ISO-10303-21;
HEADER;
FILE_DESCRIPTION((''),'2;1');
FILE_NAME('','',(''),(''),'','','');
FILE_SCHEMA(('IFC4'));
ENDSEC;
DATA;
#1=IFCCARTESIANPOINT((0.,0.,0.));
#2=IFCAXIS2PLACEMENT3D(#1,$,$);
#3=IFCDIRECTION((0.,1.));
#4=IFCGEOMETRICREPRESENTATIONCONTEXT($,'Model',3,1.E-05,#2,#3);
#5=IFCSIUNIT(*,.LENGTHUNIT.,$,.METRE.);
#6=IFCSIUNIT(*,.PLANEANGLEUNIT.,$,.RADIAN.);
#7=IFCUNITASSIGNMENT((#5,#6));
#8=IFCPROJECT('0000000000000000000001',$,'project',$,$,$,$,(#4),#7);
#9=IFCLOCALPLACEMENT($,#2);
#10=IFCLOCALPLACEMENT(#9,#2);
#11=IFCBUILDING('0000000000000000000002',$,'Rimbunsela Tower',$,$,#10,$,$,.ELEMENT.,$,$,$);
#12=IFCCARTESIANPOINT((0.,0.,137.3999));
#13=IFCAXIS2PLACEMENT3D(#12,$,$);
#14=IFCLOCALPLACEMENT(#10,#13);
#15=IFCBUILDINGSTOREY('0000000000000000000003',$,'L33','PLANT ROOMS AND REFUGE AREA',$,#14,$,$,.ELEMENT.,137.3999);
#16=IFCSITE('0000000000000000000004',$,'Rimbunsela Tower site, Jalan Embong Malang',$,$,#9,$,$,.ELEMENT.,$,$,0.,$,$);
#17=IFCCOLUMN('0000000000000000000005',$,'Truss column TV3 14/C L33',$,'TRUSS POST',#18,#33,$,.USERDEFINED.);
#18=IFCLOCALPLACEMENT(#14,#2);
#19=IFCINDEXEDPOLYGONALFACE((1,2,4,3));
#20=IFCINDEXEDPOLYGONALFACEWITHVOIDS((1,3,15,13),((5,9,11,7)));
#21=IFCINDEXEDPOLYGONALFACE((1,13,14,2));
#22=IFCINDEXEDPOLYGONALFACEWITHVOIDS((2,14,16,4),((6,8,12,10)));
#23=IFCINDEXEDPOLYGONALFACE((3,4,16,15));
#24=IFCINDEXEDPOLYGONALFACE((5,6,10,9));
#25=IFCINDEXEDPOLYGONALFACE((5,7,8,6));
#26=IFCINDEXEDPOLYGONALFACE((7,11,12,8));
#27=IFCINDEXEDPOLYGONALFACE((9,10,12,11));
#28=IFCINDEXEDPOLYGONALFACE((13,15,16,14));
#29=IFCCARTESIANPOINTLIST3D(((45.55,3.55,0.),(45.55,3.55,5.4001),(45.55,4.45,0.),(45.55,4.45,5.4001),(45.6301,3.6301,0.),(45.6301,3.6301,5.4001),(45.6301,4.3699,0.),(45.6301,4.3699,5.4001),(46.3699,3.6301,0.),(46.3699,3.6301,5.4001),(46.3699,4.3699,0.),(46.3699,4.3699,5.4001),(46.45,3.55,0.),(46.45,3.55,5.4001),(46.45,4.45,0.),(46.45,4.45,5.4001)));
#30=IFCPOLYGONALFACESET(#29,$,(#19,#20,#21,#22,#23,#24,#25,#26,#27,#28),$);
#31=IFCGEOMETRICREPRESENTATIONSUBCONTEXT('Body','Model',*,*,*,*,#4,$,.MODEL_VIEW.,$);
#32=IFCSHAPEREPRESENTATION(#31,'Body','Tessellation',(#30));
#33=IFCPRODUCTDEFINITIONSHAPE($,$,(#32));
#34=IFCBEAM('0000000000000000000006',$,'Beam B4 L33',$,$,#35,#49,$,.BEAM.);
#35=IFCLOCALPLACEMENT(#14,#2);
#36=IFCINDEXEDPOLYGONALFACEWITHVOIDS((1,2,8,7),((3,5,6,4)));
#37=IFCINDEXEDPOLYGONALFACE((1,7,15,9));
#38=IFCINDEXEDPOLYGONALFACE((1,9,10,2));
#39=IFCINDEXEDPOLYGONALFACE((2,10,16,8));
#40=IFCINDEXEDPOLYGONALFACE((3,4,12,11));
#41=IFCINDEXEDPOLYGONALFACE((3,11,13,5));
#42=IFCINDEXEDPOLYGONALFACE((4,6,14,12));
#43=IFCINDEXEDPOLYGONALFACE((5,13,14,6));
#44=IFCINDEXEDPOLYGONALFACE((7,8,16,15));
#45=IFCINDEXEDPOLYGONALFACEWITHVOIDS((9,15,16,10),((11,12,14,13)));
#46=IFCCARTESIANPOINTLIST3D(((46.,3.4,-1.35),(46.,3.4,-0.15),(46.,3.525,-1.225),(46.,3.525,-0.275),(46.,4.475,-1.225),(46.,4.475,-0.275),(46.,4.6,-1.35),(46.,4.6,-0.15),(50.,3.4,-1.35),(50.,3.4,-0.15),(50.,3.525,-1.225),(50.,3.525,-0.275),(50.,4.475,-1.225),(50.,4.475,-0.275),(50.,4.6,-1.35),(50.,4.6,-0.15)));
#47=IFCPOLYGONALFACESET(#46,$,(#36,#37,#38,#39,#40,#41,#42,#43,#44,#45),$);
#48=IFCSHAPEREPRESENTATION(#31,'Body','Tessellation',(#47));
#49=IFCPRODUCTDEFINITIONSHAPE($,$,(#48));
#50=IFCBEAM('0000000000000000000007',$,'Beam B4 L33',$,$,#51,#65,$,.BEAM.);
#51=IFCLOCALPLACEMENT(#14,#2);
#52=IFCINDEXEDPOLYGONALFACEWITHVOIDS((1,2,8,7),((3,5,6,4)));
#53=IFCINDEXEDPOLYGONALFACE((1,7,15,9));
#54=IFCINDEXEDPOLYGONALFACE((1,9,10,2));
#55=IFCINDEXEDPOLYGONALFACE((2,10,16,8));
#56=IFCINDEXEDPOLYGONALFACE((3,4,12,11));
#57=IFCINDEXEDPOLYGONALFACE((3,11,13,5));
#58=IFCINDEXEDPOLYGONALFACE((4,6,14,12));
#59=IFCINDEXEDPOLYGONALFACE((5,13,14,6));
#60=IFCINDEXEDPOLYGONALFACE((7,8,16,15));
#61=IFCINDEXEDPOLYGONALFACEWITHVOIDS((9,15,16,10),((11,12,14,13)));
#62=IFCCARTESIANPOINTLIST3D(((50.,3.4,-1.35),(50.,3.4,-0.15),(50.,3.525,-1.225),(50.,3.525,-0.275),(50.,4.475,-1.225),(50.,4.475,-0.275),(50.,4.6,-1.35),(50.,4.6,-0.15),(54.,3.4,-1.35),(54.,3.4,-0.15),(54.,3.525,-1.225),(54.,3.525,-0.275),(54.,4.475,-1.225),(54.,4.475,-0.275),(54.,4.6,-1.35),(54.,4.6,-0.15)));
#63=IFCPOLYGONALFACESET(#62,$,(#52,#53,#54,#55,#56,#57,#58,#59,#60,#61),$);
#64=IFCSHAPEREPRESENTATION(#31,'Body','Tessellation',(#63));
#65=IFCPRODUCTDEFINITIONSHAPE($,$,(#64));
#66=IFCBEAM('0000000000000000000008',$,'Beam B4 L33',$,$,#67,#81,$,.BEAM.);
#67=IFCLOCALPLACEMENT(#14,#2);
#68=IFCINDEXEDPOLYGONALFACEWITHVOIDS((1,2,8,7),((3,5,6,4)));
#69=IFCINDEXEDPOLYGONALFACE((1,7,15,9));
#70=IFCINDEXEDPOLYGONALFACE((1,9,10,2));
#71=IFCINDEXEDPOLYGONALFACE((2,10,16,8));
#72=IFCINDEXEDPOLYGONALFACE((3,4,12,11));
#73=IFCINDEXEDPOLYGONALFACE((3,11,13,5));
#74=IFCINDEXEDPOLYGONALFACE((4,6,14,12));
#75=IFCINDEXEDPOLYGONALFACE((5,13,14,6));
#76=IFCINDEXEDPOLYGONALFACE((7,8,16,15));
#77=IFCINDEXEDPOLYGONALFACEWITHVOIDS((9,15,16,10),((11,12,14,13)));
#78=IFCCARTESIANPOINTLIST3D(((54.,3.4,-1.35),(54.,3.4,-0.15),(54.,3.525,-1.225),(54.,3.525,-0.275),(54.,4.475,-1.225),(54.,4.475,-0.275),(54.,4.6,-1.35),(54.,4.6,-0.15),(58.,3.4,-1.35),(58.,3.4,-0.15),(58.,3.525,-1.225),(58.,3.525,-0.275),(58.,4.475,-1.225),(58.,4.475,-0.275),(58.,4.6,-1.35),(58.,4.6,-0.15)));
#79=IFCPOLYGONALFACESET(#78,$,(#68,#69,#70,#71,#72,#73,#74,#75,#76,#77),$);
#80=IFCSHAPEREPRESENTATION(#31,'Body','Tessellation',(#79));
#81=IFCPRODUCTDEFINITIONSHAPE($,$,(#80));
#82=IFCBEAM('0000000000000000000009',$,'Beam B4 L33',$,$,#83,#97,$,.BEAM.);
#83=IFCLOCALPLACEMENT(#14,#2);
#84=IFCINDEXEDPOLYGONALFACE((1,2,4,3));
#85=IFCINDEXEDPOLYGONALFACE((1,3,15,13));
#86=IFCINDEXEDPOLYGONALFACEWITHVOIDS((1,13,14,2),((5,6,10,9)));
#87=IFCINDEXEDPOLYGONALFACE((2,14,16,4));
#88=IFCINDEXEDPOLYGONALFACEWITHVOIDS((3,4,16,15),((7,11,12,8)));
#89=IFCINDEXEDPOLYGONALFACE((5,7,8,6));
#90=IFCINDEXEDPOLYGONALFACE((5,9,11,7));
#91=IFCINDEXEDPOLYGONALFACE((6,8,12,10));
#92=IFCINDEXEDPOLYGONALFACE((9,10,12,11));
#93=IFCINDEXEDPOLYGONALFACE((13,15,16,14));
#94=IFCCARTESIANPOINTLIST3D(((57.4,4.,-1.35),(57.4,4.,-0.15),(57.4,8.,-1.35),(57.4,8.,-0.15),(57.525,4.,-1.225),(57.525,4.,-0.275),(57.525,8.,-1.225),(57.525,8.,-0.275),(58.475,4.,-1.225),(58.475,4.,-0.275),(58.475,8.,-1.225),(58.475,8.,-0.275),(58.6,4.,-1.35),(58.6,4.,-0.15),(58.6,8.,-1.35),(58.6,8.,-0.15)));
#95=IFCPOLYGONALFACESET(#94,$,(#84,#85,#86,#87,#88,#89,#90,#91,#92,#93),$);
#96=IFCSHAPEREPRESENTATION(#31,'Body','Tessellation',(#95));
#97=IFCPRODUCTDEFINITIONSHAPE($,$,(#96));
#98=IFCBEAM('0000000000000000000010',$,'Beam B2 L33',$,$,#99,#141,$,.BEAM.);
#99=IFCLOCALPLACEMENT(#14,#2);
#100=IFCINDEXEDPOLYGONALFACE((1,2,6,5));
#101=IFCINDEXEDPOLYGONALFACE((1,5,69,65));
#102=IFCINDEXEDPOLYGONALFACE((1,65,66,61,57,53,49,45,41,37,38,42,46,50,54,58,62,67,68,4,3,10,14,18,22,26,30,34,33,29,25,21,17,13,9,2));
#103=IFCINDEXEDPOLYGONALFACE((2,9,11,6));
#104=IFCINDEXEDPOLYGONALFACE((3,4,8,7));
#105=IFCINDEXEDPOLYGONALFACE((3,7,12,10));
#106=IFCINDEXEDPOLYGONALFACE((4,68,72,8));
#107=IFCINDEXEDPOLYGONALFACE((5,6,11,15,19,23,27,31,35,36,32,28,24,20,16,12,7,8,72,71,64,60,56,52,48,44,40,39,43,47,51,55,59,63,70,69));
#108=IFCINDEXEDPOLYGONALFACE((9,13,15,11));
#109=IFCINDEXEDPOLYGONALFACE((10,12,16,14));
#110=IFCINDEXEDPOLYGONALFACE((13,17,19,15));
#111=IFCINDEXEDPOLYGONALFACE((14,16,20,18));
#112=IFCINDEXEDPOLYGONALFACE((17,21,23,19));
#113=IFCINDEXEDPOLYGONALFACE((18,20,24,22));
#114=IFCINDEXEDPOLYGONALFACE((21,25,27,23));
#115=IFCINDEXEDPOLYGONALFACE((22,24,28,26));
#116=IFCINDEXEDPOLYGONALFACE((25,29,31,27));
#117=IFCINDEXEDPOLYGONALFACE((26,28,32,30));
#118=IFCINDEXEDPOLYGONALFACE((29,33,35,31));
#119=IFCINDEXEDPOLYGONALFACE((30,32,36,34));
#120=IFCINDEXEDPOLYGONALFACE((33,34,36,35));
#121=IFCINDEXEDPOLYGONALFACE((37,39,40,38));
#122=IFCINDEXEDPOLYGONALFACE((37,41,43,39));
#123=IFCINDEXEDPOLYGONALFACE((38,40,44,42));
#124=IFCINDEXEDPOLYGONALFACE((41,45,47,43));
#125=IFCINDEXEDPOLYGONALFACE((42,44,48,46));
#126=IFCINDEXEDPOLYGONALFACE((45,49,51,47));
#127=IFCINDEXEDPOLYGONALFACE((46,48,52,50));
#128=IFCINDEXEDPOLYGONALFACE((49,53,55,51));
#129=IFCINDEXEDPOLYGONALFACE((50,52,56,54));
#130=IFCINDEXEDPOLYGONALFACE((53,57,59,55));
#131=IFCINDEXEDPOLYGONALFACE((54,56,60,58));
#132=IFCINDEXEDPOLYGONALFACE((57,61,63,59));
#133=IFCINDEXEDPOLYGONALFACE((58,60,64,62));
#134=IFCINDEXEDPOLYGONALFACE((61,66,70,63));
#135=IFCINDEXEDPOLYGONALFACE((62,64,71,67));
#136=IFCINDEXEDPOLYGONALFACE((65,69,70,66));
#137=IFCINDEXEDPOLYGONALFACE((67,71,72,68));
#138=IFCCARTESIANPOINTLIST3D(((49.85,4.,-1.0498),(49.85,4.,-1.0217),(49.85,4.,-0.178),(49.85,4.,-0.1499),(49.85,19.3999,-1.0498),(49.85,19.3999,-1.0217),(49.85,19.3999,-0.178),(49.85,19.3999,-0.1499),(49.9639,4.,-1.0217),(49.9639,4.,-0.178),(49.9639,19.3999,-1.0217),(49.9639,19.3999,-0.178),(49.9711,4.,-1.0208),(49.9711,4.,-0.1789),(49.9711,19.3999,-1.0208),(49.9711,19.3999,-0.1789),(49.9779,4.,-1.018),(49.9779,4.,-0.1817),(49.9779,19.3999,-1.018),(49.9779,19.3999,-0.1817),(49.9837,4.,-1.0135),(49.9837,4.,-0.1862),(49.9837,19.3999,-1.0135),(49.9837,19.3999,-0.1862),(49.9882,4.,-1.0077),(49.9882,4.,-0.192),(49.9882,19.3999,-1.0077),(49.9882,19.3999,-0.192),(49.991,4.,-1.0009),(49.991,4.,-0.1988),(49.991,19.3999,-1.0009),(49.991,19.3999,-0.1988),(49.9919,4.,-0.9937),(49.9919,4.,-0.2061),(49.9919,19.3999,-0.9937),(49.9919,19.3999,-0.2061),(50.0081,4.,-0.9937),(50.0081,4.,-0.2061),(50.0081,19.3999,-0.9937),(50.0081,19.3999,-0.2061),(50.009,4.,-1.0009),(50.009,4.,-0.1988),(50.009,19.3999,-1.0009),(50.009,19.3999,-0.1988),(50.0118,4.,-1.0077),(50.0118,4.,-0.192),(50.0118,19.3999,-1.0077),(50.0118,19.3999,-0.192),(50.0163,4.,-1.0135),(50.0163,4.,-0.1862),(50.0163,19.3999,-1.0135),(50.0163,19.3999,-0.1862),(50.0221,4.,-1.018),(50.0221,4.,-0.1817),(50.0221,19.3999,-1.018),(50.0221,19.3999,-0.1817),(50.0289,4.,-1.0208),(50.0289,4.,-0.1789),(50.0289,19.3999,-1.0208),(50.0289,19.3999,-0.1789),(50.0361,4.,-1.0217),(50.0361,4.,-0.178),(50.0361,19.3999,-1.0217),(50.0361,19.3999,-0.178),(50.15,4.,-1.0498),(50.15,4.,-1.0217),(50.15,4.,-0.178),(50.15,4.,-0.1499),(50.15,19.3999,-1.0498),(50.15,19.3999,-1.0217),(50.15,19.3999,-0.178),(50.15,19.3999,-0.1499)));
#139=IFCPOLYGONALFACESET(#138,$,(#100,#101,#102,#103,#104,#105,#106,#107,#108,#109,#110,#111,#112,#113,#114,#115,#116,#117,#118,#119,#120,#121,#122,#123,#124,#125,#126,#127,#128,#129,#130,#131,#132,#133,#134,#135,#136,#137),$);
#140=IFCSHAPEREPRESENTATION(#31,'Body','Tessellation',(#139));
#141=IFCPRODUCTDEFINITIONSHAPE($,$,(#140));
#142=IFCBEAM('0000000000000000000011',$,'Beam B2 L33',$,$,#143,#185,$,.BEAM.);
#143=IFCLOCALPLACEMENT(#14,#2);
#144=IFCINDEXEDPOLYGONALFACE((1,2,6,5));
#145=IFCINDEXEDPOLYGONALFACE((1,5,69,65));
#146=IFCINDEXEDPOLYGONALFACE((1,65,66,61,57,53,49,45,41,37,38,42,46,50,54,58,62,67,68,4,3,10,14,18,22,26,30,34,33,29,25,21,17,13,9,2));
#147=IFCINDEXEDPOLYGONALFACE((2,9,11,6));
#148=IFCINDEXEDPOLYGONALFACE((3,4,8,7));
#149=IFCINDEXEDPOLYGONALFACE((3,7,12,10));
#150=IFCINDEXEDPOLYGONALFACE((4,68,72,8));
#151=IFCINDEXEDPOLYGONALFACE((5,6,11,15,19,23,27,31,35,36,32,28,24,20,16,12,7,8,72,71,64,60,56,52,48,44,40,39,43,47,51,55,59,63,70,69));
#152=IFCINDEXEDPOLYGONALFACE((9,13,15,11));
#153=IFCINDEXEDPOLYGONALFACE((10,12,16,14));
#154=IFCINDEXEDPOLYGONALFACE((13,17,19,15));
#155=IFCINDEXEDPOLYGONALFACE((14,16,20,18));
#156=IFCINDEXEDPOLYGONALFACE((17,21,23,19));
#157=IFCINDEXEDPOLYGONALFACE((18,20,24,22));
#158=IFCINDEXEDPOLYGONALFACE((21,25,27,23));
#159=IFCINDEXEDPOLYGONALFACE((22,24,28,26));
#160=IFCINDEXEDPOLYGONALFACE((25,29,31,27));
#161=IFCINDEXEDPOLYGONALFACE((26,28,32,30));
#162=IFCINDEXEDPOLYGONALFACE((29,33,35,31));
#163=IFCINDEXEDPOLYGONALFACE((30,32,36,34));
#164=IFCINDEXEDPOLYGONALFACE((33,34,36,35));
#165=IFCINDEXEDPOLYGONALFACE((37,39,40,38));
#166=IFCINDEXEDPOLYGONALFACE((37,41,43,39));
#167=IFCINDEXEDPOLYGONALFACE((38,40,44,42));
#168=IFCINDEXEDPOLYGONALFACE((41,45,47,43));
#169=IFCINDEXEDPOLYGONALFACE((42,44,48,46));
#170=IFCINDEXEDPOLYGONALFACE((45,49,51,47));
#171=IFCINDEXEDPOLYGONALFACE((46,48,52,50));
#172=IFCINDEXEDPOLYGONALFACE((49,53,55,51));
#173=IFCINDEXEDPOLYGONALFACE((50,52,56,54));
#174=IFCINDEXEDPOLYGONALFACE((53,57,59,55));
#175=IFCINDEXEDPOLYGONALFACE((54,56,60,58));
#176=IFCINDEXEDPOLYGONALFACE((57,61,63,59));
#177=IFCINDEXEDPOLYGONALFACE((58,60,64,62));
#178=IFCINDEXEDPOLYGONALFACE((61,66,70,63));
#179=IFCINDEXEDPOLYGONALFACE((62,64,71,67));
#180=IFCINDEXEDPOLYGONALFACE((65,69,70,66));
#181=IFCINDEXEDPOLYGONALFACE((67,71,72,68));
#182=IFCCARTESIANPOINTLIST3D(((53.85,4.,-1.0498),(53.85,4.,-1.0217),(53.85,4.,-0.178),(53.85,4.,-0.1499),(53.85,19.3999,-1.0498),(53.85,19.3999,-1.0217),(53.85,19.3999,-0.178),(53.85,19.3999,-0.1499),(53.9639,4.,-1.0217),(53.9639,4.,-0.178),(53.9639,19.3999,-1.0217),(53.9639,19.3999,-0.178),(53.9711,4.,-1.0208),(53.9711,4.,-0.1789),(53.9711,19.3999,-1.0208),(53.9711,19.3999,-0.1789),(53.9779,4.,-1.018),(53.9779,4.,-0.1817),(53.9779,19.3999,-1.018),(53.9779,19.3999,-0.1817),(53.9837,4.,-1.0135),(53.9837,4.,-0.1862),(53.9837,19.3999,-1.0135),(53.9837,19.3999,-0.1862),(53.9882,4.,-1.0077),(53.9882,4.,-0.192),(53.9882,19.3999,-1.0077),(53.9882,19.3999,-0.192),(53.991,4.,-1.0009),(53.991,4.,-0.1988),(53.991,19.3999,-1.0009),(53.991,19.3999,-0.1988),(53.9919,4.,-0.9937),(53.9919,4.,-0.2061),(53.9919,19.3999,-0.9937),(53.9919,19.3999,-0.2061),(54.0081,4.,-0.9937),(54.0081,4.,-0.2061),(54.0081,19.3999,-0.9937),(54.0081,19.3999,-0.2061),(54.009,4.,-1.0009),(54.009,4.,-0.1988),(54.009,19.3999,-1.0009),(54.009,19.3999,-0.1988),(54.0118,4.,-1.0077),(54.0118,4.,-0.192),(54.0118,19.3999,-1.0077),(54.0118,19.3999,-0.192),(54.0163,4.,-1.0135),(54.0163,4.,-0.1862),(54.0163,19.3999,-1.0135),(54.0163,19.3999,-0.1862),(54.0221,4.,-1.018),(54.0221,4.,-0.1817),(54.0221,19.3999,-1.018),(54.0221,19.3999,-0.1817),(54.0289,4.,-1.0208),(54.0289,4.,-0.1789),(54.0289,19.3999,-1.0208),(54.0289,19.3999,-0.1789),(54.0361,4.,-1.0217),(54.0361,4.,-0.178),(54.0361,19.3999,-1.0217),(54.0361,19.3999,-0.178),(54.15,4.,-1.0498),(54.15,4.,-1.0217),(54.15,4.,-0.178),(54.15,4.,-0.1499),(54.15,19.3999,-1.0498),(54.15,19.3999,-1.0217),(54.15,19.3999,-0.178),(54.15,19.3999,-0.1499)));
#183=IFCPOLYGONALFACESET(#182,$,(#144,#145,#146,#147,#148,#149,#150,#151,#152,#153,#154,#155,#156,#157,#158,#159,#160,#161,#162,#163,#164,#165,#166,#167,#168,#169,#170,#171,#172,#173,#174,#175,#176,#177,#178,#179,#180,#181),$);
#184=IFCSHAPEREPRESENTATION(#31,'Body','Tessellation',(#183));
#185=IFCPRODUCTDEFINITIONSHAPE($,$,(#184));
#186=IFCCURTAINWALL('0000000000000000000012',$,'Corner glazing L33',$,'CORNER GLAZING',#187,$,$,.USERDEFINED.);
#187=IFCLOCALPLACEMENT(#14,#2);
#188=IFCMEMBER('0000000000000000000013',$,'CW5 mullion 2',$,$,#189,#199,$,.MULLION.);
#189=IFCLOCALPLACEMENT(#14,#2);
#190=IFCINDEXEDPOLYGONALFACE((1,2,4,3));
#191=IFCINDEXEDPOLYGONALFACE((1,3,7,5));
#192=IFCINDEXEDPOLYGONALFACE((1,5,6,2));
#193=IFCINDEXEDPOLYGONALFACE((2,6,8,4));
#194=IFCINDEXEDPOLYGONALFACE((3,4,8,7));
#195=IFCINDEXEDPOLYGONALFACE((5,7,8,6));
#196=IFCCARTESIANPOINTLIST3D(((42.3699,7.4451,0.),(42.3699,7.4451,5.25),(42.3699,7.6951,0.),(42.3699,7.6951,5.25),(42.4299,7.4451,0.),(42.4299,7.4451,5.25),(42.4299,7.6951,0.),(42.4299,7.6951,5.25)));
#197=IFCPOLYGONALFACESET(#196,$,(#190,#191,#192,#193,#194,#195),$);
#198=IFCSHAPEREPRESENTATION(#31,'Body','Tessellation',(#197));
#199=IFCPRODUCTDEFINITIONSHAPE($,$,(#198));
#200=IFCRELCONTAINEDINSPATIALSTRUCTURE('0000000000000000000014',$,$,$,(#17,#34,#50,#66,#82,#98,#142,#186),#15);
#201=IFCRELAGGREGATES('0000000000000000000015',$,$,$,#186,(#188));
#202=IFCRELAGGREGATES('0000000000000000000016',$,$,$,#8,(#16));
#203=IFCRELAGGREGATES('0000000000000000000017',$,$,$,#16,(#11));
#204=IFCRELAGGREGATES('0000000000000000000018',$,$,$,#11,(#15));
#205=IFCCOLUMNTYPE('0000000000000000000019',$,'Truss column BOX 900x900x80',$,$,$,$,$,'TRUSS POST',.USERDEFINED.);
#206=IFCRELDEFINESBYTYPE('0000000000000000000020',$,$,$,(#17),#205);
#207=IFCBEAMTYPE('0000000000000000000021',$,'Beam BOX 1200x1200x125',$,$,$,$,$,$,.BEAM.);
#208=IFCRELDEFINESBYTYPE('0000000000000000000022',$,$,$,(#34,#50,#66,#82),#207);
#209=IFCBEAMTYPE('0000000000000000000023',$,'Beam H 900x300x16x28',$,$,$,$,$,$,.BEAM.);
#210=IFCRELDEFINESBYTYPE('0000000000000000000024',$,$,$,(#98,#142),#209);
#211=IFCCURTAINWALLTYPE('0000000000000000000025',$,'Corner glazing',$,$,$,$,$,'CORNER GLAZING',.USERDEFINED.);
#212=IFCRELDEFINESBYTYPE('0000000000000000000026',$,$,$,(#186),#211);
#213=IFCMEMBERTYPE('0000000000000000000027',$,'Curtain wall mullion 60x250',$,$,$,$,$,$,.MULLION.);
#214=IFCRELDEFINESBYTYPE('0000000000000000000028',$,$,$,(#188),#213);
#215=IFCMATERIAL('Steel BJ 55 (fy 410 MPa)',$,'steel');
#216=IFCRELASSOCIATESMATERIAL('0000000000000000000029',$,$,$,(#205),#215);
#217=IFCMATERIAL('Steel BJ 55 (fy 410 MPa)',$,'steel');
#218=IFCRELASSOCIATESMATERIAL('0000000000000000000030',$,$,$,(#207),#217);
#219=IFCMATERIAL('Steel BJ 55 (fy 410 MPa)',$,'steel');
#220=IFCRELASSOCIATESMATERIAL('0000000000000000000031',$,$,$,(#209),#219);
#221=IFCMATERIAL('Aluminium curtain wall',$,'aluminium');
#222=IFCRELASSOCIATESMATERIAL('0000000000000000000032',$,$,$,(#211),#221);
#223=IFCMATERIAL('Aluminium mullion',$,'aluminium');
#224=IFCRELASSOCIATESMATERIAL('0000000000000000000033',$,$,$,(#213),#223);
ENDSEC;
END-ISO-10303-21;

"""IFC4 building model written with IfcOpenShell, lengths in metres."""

from ifc_helpers import new_model, si_unit, direction, frame, origin, origin_2d, place, context, subcontext, project, spatial, rectangle, hollow_rectangle, i_section, extrude, material, material_profile, profile_set, type_object, element, aggregate, save


model = new_model("IFC4")

# Units and contexts
model_context = context("Model", 3, precision=1e-05, world=origin(), true_north=direction((0.0, 1.0)))
body_context = subcontext(model_context, "Body", "Model", "MODEL_VIEW")
ifc_project = project(units=[si_unit("LENGTHUNIT", "METRE"), si_unit("PLANEANGLEUNIT", "RADIAN")], contexts=[model_context])

# Site, building, storey
site_placement = place(None, origin())
site = spatial("IfcSite", under=ifc_project, at=site_placement, Name="Rimbunsela Tower site, Jalan Embong Malang", CompositionType="ELEMENT", RefElevation=0.0)
building_placement = place(site_placement, origin())
building = spatial("IfcBuilding", under=site, at=building_placement, Name="Rimbunsela Tower", CompositionType="ELEMENT")
storey_placement = place(building_placement, frame((0.0, 0.0, 137.3999)))
storey = spatial("IfcBuildingStorey", under=building, at=storey_placement, Name="L33", Description="PLANT ROOMS AND REFUGE AREA", CompositionType="ELEMENT", Elevation=137.3999)

# Column
ifc_material_1 = material(Name="Steel BJ 55 (fy 410 MPa)", Category="steel")
ifc_material_profile_1 = material_profile(ifc_material_1, hollow_rectangle(XDim=0.8999, YDim=0.8999, WallThickness=0.0801, at=origin_2d()), Name="BOX 900x900x80")
ifc_profile_set_1 = profile_set([ifc_material_profile_1], Name="Steel BJ 55 (fy 410 MPa)")
column_type = type_object("IfcColumnType", Name="Truss column BOX 900x900x80", ElementType="TRUSS POST", PredefinedType="USERDEFINED", material=ifc_profile_set_1)
column_placement = place(storey_placement, frame((46.0, 4.0, 0.0), z_axis=(0.0, 0.0, 1.0), x_axis=(1.0, 0.0, 0.0)))
element("IfcColumn", 1, at=column_placement, inside=storey, type_object=column_type, Name="Truss column TV3 14/C L33", ObjectType="TRUSS POST", PredefinedType="USERDEFINED", context=body_context, shape_type="SweptSolid", body=[
    extrude(hollow_rectangle(XDim=0.8999, YDim=0.8999, WallThickness=0.0801, at=origin_2d()), origin(), (0.0, 0.0, 1.0), 5.4001),
])

# Beams
ifc_material_2 = material(Name="Steel BJ 55 (fy 410 MPa)", Category="steel")
ifc_material_profile_2 = material_profile(ifc_material_2, hollow_rectangle(XDim=1.2, YDim=1.2, WallThickness=0.125, at=origin_2d()), Name="BOX 1200x1200x125")
ifc_profile_set_2 = profile_set([ifc_material_profile_2], Name="Steel BJ 55 (fy 410 MPa)")
beam_type_1 = type_object("IfcBeamType", Name="Beam BOX 1200x1200x125", PredefinedType="BEAM", material=ifc_profile_set_2)
for number, where, z_axis, x_axis, name in (
    (2, (46.0, 4.0, -0.75), (1.0, 0.0, 0.0), (0.0, 1.0, 0.0), "Beam B4 L33"),
    (3, (50.0, 4.0, -0.75), (1.0, 0.0, 0.0), (0.0, 1.0, 0.0), "Beam B4 L33"),
    (4, (54.0, 4.0, -0.75), (1.0, 0.0, 0.0), (0.0, 1.0, 0.0), "Beam B4 L33"),
    (5, (58.0, 4.0, -0.75), (0.0, 1.0, 0.0), (-1.0, 0.0, 0.0), "Beam B4 L33"),
):
    element("IfcBeam", number, at=place(storey_placement, frame(where, z_axis=z_axis, x_axis=x_axis)), inside=storey, type_object=beam_type_1, Name=name, PredefinedType="BEAM", context=body_context, shape_type="SweptSolid", body=[
        extrude(hollow_rectangle(XDim=1.2, YDim=1.2, WallThickness=0.125, at=origin_2d()), origin(), (0.0, 0.0, 1.0), 4.0),
    ])
ifc_material_3 = material(Name="Steel BJ 55 (fy 410 MPa)", Category="steel")
ifc_material_profile_3 = material_profile(ifc_material_3, i_section(OverallWidth=0.3, OverallDepth=0.8999, WebThickness=0.0161, FlangeThickness=0.0281, FilletRadius=0.0281, at=origin_2d()), Name="H 900x300x16x28")
ifc_profile_set_3 = profile_set([ifc_material_profile_3], Name="Steel BJ 55 (fy 410 MPa)")
beam_type_2 = type_object("IfcBeamType", Name="Beam H 900x300x16x28", PredefinedType="BEAM", material=ifc_profile_set_3)
for number, where, z_axis, x_axis, name in (
    (6, (50.0, 4.0, -0.5999), (0.0, 1.0, 0.0), (-1.0, 0.0, 0.0), "Beam B2 L33"),
    (7, (54.0, 4.0, -0.5999), (0.0, 1.0, 0.0), (-1.0, 0.0, 0.0), "Beam B2 L33"),
):
    element("IfcBeam", number, at=place(storey_placement, frame(where, z_axis=z_axis, x_axis=x_axis)), inside=storey, type_object=beam_type_2, Name=name, PredefinedType="BEAM", context=body_context, shape_type="SweptSolid", body=[
        extrude(i_section(OverallWidth=0.3, OverallDepth=0.8999, WebThickness=0.0161, FlangeThickness=0.0281, FilletRadius=0.0281, at=origin_2d()), origin(), (0.0, 0.0, 1.0), 15.3999),
    ])

# Curtain wall, member
ifc_material_4 = material(Name="Aluminium curtain wall", Category="aluminium")
curtain_wall_type = type_object("IfcCurtainWallType", Name="Corner glazing", ElementType="CORNER GLAZING", PredefinedType="USERDEFINED", material=ifc_material_4)
curtain_wall_1_placement = place(storey_placement, origin())
curtain_wall_1 = element("IfcCurtainWall", 8, at=curtain_wall_1_placement, inside=storey, type_object=curtain_wall_type, Name="Corner glazing L33", ObjectType="CORNER GLAZING", PredefinedType="USERDEFINED")
ifc_material_5 = material(Name="Aluminium mullion", Category="aluminium")
ifc_material_profile_4 = material_profile(ifc_material_5, rectangle(XDim=0.0601, YDim=0.25, at=origin_2d()), Name="Mullion 60x250")
ifc_profile_set_4 = profile_set([ifc_material_profile_4], Name="Aluminium mullion")
member_type_1 = type_object("IfcMemberType", Name="Curtain wall mullion 60x250", PredefinedType="MULLION", material=ifc_profile_set_4)
member_1_placement = place(storey_placement, frame((42.3999, 7.5701, 0.0), z_axis=(0.0, 0.0, 1.0), x_axis=(-1.0, 0.0, 0.0)))
member_1 = element("IfcMember", 9, at=member_1_placement, type_object=member_type_1, Name="CW5 mullion 2", PredefinedType="MULLION", context=body_context, shape_type="SweptSolid", body=[
    extrude(rectangle(XDim=0.0601, YDim=0.25, at=origin_2d()), origin(), (0.0, 0.0, 1.0), 5.25),
])

aggregate(curtain_wall_1, [member_1])

save(model, "model.ifc")
